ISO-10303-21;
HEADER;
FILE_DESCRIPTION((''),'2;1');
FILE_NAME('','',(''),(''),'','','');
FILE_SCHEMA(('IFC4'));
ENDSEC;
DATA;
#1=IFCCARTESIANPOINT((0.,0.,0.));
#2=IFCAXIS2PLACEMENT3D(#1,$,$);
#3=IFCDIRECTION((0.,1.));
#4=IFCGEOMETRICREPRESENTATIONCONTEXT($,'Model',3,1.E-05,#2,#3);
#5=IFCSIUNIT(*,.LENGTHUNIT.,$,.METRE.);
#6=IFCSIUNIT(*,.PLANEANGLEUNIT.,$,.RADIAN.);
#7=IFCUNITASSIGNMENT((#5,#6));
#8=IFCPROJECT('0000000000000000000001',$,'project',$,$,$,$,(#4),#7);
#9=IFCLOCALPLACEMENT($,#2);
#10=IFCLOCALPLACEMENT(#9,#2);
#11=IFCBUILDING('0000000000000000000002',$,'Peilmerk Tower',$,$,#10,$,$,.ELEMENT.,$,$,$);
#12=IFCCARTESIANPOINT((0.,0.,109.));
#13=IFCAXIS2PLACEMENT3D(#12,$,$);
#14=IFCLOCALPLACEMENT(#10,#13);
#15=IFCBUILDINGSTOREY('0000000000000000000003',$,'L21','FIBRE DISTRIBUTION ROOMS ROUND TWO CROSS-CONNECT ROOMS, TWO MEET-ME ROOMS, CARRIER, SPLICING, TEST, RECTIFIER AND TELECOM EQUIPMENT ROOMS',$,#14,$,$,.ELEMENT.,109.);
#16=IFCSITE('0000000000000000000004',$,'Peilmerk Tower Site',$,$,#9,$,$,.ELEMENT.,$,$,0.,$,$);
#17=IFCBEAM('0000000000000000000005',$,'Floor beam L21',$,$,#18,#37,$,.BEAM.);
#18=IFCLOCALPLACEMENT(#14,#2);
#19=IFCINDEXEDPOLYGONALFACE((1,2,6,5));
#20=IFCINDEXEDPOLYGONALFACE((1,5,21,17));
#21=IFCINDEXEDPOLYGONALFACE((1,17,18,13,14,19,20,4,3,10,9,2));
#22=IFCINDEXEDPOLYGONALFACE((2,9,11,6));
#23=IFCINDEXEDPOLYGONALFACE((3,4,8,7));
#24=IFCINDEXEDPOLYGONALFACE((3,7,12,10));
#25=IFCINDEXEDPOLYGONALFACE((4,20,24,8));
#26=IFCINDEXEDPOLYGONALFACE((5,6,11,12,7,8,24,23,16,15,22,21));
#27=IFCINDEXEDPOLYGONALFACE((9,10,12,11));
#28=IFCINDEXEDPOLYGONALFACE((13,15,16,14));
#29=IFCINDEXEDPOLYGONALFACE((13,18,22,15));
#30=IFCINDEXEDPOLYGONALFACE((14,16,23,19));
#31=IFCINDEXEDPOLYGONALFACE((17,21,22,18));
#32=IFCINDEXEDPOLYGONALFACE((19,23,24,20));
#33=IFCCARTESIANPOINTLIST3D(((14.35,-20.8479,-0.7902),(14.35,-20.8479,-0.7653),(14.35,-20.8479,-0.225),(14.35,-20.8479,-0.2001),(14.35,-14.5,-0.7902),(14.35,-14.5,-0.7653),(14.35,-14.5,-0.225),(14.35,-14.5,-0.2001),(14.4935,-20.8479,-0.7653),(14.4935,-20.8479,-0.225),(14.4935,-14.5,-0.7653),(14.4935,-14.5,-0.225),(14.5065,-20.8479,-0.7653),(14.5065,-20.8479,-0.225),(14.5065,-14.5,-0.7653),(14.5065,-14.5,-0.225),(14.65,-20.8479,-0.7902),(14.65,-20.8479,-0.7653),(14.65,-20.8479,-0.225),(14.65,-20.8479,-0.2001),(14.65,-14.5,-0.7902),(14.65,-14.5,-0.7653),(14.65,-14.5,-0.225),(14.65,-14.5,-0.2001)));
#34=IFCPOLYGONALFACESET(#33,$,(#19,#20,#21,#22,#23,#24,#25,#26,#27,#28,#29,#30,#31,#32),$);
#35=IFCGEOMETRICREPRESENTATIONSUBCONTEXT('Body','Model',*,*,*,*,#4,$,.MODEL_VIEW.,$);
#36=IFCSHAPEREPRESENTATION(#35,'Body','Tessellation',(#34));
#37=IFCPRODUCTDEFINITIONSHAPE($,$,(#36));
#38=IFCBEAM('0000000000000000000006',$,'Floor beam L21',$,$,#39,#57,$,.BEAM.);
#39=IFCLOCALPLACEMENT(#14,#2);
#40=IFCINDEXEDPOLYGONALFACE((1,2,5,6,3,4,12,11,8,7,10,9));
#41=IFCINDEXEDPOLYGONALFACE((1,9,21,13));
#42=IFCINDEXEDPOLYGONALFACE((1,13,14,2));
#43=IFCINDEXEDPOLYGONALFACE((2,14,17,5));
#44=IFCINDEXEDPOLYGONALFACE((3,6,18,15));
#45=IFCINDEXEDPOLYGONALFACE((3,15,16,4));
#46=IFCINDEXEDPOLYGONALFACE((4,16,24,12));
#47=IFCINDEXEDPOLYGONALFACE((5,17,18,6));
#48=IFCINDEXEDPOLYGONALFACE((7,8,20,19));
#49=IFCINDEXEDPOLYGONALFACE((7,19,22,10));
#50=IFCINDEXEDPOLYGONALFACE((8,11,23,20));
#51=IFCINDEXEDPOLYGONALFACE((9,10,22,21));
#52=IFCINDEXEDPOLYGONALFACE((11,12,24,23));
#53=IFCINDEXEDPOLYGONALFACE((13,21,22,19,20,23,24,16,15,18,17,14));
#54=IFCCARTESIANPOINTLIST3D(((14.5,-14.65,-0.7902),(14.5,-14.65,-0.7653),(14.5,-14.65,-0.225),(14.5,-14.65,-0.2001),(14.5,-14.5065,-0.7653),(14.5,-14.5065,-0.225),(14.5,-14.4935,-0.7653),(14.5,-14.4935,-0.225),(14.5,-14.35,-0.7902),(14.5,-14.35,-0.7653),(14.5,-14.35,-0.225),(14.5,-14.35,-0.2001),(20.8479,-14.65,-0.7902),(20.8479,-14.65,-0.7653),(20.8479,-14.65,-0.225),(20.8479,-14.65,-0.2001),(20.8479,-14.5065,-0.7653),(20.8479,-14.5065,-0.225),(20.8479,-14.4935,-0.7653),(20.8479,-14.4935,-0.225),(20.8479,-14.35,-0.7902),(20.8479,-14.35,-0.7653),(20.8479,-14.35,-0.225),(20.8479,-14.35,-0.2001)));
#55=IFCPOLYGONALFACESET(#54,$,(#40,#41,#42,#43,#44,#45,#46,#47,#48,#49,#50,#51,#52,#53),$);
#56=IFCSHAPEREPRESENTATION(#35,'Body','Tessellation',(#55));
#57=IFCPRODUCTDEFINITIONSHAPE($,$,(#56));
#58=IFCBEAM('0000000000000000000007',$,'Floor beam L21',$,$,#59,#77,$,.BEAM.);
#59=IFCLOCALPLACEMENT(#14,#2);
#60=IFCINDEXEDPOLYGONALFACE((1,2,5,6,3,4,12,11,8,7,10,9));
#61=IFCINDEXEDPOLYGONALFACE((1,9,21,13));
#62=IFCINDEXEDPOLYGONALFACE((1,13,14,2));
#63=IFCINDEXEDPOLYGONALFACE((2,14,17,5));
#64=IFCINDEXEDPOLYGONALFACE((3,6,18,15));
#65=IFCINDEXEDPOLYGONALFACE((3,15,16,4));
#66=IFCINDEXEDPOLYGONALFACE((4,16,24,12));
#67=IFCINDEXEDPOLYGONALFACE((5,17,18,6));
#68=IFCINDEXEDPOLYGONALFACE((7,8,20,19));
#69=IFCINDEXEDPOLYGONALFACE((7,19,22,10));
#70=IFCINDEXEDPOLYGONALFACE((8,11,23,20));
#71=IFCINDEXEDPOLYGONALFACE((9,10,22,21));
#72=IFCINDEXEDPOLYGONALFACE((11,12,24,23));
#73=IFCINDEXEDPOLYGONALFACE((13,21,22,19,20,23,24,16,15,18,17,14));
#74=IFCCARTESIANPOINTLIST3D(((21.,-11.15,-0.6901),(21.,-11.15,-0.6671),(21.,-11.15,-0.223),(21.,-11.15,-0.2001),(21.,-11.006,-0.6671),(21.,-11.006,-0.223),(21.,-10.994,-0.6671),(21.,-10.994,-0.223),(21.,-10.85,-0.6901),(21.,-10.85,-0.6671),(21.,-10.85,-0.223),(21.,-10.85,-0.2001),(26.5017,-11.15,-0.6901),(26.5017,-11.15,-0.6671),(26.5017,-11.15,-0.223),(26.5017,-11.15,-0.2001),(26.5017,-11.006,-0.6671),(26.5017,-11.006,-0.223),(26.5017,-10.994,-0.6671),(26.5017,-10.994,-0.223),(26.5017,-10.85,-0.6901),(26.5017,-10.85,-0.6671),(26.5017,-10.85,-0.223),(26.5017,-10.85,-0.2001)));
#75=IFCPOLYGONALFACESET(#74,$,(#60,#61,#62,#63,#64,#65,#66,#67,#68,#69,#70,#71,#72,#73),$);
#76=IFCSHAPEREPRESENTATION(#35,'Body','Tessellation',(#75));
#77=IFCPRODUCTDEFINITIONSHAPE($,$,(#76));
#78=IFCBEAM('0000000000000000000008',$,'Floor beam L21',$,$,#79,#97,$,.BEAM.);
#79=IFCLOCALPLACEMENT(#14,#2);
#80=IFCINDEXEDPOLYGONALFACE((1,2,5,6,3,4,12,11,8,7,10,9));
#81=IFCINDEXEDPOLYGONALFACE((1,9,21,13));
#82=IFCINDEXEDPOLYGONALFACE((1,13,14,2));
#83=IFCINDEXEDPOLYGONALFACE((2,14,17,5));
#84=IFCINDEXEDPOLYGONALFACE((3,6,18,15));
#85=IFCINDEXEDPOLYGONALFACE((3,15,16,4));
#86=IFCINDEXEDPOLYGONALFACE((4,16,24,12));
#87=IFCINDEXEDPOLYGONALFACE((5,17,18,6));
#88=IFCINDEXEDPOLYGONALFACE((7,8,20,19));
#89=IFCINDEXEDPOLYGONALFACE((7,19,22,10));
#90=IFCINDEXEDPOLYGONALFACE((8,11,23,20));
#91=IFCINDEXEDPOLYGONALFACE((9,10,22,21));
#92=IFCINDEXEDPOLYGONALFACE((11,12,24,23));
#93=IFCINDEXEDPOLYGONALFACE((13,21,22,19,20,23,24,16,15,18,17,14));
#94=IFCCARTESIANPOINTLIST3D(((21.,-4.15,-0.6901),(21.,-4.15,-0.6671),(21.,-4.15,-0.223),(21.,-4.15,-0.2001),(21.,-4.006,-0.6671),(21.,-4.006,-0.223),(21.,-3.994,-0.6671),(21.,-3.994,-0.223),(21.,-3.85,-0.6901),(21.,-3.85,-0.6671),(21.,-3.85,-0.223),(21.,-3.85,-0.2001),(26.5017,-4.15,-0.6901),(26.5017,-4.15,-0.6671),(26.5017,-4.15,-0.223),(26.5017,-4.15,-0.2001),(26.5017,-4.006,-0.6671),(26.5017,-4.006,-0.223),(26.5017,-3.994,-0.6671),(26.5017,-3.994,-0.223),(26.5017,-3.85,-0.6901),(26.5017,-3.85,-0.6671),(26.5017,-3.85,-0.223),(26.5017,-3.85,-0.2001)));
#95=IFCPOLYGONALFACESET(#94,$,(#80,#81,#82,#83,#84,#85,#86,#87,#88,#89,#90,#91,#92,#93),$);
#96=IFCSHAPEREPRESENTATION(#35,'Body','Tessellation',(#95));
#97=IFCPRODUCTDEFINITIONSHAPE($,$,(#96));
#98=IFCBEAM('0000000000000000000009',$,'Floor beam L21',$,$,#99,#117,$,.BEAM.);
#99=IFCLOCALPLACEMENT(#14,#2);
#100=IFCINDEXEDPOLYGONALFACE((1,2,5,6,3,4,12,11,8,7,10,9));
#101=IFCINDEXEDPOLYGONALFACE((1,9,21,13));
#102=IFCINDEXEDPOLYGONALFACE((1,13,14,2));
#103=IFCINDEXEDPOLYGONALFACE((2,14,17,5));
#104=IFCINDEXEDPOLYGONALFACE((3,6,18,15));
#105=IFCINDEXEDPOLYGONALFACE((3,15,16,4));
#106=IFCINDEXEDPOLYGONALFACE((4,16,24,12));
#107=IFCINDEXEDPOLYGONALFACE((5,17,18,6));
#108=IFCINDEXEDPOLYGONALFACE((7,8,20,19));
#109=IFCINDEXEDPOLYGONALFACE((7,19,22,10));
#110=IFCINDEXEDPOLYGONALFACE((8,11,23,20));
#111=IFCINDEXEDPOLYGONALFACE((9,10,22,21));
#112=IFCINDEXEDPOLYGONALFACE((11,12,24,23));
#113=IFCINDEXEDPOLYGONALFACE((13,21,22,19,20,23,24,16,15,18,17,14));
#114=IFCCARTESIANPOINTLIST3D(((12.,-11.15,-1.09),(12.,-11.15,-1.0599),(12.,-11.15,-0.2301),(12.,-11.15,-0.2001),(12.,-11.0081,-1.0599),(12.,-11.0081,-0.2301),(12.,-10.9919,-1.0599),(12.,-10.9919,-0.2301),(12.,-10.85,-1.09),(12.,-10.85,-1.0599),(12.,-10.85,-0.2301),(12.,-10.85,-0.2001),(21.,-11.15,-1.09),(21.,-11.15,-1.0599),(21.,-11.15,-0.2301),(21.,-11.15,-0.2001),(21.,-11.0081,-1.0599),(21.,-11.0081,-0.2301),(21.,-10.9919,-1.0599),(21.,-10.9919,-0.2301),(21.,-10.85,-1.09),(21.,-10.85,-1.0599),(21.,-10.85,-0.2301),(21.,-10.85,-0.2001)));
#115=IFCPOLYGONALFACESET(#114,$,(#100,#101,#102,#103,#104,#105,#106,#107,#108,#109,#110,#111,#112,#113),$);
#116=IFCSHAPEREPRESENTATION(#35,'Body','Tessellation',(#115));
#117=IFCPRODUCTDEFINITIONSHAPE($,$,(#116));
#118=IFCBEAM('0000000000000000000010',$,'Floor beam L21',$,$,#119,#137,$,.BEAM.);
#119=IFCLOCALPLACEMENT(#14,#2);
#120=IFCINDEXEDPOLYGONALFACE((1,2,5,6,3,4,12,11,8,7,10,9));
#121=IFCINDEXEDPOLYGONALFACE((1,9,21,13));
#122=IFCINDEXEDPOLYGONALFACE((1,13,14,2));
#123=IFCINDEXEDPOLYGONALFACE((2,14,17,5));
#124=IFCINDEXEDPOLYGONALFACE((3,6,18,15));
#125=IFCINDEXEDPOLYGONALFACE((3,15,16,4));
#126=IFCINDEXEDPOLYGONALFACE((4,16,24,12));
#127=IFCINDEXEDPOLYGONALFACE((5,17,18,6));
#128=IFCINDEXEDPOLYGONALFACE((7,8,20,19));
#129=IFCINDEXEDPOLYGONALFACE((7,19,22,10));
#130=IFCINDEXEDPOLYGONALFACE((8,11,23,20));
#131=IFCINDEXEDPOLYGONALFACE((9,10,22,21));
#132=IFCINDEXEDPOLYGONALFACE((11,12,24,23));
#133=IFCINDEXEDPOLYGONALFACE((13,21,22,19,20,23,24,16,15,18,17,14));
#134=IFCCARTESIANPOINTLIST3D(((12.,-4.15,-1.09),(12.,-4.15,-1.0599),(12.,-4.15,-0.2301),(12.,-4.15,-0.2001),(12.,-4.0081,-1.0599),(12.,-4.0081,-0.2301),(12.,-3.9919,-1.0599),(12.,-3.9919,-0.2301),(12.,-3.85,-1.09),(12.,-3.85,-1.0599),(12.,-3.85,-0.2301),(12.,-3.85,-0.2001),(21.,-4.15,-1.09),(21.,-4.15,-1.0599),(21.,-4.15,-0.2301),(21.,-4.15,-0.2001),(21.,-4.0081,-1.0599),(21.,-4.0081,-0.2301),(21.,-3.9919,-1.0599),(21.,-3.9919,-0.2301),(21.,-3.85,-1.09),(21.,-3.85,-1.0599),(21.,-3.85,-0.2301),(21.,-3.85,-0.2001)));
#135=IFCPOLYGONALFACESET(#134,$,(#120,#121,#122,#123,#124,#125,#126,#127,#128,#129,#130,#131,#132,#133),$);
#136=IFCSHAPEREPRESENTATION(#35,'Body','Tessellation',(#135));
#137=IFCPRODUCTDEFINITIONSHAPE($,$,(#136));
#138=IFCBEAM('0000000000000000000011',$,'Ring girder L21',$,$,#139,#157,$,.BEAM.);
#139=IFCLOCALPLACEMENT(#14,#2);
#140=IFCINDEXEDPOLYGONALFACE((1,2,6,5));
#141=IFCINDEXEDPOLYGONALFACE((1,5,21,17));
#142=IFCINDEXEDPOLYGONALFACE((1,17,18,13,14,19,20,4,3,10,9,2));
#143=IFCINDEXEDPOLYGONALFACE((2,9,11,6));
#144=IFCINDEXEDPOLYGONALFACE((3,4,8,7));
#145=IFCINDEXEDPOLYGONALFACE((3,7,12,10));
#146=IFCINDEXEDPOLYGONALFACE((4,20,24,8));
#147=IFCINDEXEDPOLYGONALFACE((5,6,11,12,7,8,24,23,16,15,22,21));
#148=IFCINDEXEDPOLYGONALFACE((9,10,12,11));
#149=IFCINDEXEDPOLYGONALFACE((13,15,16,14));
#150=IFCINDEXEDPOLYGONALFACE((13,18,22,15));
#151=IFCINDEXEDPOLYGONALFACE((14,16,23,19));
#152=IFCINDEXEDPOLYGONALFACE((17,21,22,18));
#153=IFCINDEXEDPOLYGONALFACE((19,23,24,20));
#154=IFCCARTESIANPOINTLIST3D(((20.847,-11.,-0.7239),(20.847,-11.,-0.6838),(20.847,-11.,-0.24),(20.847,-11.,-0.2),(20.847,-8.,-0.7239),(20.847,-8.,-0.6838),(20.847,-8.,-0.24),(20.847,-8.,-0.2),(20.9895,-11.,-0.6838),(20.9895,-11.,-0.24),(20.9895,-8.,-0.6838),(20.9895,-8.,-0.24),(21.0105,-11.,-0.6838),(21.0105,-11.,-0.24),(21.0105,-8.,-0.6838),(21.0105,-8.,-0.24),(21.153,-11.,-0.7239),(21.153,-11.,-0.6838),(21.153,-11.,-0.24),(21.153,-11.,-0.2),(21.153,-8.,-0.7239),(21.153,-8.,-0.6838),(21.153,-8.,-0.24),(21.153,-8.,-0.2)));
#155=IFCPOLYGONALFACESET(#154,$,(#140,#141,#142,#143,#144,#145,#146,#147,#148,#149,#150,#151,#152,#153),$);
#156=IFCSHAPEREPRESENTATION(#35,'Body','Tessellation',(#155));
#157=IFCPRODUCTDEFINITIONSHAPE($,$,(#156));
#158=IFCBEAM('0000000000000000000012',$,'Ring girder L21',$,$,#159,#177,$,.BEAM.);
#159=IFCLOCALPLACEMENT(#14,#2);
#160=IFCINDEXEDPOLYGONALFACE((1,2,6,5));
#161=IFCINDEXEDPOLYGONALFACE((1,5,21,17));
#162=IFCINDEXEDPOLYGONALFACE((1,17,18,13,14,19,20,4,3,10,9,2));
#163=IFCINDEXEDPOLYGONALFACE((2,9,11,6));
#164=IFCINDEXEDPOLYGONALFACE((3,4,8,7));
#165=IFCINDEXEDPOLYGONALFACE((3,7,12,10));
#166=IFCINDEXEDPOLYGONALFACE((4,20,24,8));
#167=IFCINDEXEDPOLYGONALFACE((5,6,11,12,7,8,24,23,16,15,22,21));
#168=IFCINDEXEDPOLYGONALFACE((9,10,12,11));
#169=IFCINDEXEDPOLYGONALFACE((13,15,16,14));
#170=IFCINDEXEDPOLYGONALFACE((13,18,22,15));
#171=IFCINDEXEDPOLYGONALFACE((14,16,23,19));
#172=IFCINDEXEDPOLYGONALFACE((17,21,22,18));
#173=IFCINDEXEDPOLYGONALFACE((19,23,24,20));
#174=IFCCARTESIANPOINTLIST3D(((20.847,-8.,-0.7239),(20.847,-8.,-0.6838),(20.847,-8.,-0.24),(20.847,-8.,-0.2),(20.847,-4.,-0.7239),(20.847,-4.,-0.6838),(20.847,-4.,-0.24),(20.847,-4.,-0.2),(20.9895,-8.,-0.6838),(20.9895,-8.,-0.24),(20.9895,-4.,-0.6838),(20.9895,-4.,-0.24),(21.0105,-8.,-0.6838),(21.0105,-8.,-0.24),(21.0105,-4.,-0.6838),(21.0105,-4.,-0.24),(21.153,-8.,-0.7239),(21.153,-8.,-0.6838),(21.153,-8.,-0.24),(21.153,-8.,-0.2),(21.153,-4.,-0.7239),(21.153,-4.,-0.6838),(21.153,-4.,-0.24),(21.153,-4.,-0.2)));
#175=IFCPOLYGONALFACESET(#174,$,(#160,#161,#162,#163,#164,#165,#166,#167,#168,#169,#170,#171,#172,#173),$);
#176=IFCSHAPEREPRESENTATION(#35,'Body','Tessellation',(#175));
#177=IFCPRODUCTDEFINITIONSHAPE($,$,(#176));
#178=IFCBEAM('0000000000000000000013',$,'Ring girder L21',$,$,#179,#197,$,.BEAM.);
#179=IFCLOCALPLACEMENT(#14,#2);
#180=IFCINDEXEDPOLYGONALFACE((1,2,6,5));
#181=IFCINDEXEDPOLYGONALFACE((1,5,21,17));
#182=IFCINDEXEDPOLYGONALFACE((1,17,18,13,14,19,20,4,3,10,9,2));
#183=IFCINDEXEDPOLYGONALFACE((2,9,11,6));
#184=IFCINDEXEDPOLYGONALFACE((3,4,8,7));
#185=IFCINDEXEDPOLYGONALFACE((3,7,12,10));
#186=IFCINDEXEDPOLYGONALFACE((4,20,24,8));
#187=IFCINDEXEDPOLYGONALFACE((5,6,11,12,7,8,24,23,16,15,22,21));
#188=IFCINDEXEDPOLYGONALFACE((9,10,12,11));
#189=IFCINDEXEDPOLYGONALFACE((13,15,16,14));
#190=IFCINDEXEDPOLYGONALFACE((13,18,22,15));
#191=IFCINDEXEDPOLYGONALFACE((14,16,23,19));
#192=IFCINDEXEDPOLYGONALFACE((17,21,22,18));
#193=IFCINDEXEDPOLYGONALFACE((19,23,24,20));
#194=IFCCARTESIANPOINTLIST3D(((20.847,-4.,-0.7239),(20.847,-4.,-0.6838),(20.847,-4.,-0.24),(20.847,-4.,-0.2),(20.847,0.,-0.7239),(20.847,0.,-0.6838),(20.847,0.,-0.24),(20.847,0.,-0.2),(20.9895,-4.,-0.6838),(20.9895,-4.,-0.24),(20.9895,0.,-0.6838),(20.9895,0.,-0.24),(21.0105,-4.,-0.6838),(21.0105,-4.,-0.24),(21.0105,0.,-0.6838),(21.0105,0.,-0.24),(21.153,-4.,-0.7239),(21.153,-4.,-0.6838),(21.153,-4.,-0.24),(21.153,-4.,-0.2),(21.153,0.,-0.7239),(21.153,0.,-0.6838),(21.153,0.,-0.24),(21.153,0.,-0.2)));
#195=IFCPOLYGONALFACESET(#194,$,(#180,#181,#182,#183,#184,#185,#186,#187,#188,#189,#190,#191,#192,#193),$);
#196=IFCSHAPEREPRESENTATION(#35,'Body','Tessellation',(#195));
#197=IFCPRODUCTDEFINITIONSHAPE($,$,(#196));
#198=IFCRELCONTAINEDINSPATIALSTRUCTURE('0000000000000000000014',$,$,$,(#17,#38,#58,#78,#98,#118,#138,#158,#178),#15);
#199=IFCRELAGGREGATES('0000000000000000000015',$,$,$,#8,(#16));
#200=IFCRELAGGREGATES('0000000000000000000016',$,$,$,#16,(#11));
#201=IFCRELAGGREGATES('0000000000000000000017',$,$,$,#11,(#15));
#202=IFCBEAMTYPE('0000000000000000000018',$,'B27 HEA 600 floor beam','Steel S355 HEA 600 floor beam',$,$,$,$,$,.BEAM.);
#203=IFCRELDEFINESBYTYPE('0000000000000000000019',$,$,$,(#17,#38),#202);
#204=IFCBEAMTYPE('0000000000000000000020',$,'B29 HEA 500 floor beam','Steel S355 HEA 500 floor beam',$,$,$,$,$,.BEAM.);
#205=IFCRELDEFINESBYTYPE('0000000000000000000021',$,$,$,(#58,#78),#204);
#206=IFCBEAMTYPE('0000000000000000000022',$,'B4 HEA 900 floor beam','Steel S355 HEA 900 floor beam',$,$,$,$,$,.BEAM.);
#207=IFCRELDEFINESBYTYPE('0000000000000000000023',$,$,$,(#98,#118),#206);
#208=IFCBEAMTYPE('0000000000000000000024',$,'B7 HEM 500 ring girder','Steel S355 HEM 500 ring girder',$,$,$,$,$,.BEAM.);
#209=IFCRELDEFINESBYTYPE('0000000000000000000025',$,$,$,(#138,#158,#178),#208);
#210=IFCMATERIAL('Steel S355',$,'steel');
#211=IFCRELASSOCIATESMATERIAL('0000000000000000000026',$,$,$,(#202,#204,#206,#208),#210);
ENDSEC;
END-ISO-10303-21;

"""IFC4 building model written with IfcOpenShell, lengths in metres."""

from ifc_helpers import new_model, si_unit, direction, frame, origin, origin_2d, place, context, subcontext, project, spatial, i_section, extrude, material, material_profile, profile_set, type_object, element, save


model = new_model("IFC4")

# Units and contexts
model_context = context("Model", 3, precision=1e-05, world=origin(), true_north=direction((0.0, 1.0)))
body_context = subcontext(model_context, "Body", "Model", "MODEL_VIEW")
ifc_project = project(units=[si_unit("LENGTHUNIT", "METRE"), si_unit("PLANEANGLEUNIT", "RADIAN")], contexts=[model_context])

# Site, building, storey
site_placement = place(None, origin())
site = spatial("IfcSite", under=ifc_project, at=site_placement, Name="Peilmerk Tower Site", CompositionType="ELEMENT", RefElevation=0.0)
building_placement = place(site_placement, origin())
building = spatial("IfcBuilding", under=site, at=building_placement, Name="Peilmerk Tower", CompositionType="ELEMENT")
storey_placement = place(building_placement, frame((0.0, 0.0, 109.0)))
storey = spatial("IfcBuildingStorey", under=building, at=storey_placement, Name="L21", Description="FIBRE DISTRIBUTION ROOMS ROUND TWO CROSS-CONNECT ROOMS, TWO MEET-ME ROOMS, CARRIER, SPLICING, TEST, RECTIFIER AND TELECOM EQUIPMENT ROOMS", CompositionType="ELEMENT", Elevation=109.0)

# Beams
ifc_material_1 = material(Name="Steel S355", Category="steel")
ifc_material_profile_1 = material_profile(ifc_material_1, i_section(OverallWidth=0.3, OverallDepth=0.5901, WebThickness=0.0129, FlangeThickness=0.0249, at=origin_2d()), Name="HEA 600")
ifc_profile_set_1 = profile_set([ifc_material_profile_1], Name="Steel S355")
beam_type_1 = type_object("IfcBeamType", Name="B27 HEA 600 floor beam", Description="Steel S355 HEA 600 floor beam", PredefinedType="BEAM", material=ifc_profile_set_1)
for number, where, z_axis, x_axis, name in (
    (1, (14.5, -14.5, -0.4951), (0.0, -1.0, 0.0), (1.0, 0.0, 0.0), "Floor beam L21"),
    (2, (14.5, -14.5, -0.4951), (1.0, 0.0, 0.0), (0.0, 1.0, 0.0), "Floor beam L21"),
):
    element("IfcBeam", number, at=place(storey_placement, frame(where, z_axis=z_axis, x_axis=x_axis)), inside=storey, type_object=beam_type_1, Name=name, PredefinedType="BEAM", context=body_context, shape_type="SweptSolid", body=[
        extrude(i_section(OverallWidth=0.3, OverallDepth=0.5901, WebThickness=0.0129, FlangeThickness=0.0249, at=origin_2d()), origin(), (0.0, 0.0, 1.0), 6.3479),
    ])
ifc_material_profile_2 = material_profile(ifc_material_1, i_section(OverallWidth=0.3, OverallDepth=0.49, WebThickness=0.012, FlangeThickness=0.0229, at=origin_2d()), Name="HEA 500")
ifc_profile_set_2 = profile_set([ifc_material_profile_2], Name="Steel S355")
beam_type_2 = type_object("IfcBeamType", Name="B29 HEA 500 floor beam", Description="Steel S355 HEA 500 floor beam", PredefinedType="BEAM", material=ifc_profile_set_2)
for number, where, z_axis, x_axis, name in (
    (3, (21.0, -11.0, -0.4451), (1.0, 0.0, 0.0), (0.0, 1.0, 0.0), "Floor beam L21"),
    (4, (21.0, -4.0, -0.4451), (1.0, 0.0, 0.0), (0.0, 1.0, 0.0), "Floor beam L21"),
):
    element("IfcBeam", number, at=place(storey_placement, frame(where, z_axis=z_axis, x_axis=x_axis)), inside=storey, type_object=beam_type_2, Name=name, PredefinedType="BEAM", context=body_context, shape_type="SweptSolid", body=[
        extrude(i_section(OverallWidth=0.3, OverallDepth=0.49, WebThickness=0.012, FlangeThickness=0.0229, at=origin_2d()), origin(), (0.0, 0.0, 1.0), 5.5017),
    ])
ifc_material_profile_3 = material_profile(ifc_material_1, i_section(OverallWidth=0.3, OverallDepth=0.8899, WebThickness=0.0161, FlangeThickness=0.03, at=origin_2d()), Name="HEA 900")
ifc_profile_set_3 = profile_set([ifc_material_profile_3], Name="Steel S355")
beam_type_3 = type_object("IfcBeamType", Name="B4 HEA 900 floor beam", Description="Steel S355 HEA 900 floor beam", PredefinedType="BEAM", material=ifc_profile_set_3)
for number, where, z_axis, x_axis, name in (
    (5, (12.0, -11.0, -0.645), (1.0, 0.0, 0.0), (0.0, 1.0, 0.0), "Floor beam L21"),
    (6, (12.0, -4.0, -0.645), (1.0, 0.0, 0.0), (0.0, 1.0, 0.0), "Floor beam L21"),
):
    element("IfcBeam", number, at=place(storey_placement, frame(where, z_axis=z_axis, x_axis=x_axis)), inside=storey, type_object=beam_type_3, Name=name, PredefinedType="BEAM", context=body_context, shape_type="SweptSolid", body=[
        extrude(i_section(OverallWidth=0.3, OverallDepth=0.8899, WebThickness=0.0161, FlangeThickness=0.03, at=origin_2d()), origin(), (0.0, 0.0, 1.0), 9.0),
    ])
ifc_material_profile_4 = material_profile(ifc_material_1, i_section(OverallWidth=0.3059, OverallDepth=0.5239, WebThickness=0.021, FlangeThickness=0.04, at=origin_2d()), Name="HEM 500")
ifc_profile_set_4 = profile_set([ifc_material_profile_4], Name="Steel S355")
beam_type_4 = type_object("IfcBeamType", Name="B7 HEM 500 ring girder", Description="Steel S355 HEM 500 ring girder", PredefinedType="BEAM", material=ifc_profile_set_4)
beam_1_placement = place(storey_placement, frame((21.0, -11.0, -0.4619), z_axis=(0.0, 1.0, 0.0), x_axis=(-1.0, 0.0, 0.0)))
element("IfcBeam", 7, at=beam_1_placement, inside=storey, type_object=beam_type_4, Name="Ring girder L21", PredefinedType="BEAM", context=body_context, shape_type="SweptSolid", body=[
    extrude(i_section(OverallWidth=0.3059, OverallDepth=0.5239, WebThickness=0.021, FlangeThickness=0.04, at=origin_2d()), origin(), (0.0, 0.0, 1.0), 3.0),
])
for number, where, z_axis, x_axis, name in (
    (8, (21.0, -8.0, -0.4619), (0.0, 1.0, 0.0), (-1.0, 0.0, 0.0), "Ring girder L21"),
    (9, (21.0, -4.0, -0.4619), (0.0, 1.0, 0.0), (-1.0, 0.0, 0.0), "Ring girder L21"),
):
    element("IfcBeam", number, at=place(storey_placement, frame(where, z_axis=z_axis, x_axis=x_axis)), inside=storey, type_object=beam_type_4, Name=name, PredefinedType="BEAM", context=body_context, shape_type="SweptSolid", body=[
        extrude(i_section(OverallWidth=0.3059, OverallDepth=0.5239, WebThickness=0.021, FlangeThickness=0.04, at=origin_2d()), origin(), (0.0, 0.0, 1.0), 4.0),
    ])

save(model, "model.ifc")
